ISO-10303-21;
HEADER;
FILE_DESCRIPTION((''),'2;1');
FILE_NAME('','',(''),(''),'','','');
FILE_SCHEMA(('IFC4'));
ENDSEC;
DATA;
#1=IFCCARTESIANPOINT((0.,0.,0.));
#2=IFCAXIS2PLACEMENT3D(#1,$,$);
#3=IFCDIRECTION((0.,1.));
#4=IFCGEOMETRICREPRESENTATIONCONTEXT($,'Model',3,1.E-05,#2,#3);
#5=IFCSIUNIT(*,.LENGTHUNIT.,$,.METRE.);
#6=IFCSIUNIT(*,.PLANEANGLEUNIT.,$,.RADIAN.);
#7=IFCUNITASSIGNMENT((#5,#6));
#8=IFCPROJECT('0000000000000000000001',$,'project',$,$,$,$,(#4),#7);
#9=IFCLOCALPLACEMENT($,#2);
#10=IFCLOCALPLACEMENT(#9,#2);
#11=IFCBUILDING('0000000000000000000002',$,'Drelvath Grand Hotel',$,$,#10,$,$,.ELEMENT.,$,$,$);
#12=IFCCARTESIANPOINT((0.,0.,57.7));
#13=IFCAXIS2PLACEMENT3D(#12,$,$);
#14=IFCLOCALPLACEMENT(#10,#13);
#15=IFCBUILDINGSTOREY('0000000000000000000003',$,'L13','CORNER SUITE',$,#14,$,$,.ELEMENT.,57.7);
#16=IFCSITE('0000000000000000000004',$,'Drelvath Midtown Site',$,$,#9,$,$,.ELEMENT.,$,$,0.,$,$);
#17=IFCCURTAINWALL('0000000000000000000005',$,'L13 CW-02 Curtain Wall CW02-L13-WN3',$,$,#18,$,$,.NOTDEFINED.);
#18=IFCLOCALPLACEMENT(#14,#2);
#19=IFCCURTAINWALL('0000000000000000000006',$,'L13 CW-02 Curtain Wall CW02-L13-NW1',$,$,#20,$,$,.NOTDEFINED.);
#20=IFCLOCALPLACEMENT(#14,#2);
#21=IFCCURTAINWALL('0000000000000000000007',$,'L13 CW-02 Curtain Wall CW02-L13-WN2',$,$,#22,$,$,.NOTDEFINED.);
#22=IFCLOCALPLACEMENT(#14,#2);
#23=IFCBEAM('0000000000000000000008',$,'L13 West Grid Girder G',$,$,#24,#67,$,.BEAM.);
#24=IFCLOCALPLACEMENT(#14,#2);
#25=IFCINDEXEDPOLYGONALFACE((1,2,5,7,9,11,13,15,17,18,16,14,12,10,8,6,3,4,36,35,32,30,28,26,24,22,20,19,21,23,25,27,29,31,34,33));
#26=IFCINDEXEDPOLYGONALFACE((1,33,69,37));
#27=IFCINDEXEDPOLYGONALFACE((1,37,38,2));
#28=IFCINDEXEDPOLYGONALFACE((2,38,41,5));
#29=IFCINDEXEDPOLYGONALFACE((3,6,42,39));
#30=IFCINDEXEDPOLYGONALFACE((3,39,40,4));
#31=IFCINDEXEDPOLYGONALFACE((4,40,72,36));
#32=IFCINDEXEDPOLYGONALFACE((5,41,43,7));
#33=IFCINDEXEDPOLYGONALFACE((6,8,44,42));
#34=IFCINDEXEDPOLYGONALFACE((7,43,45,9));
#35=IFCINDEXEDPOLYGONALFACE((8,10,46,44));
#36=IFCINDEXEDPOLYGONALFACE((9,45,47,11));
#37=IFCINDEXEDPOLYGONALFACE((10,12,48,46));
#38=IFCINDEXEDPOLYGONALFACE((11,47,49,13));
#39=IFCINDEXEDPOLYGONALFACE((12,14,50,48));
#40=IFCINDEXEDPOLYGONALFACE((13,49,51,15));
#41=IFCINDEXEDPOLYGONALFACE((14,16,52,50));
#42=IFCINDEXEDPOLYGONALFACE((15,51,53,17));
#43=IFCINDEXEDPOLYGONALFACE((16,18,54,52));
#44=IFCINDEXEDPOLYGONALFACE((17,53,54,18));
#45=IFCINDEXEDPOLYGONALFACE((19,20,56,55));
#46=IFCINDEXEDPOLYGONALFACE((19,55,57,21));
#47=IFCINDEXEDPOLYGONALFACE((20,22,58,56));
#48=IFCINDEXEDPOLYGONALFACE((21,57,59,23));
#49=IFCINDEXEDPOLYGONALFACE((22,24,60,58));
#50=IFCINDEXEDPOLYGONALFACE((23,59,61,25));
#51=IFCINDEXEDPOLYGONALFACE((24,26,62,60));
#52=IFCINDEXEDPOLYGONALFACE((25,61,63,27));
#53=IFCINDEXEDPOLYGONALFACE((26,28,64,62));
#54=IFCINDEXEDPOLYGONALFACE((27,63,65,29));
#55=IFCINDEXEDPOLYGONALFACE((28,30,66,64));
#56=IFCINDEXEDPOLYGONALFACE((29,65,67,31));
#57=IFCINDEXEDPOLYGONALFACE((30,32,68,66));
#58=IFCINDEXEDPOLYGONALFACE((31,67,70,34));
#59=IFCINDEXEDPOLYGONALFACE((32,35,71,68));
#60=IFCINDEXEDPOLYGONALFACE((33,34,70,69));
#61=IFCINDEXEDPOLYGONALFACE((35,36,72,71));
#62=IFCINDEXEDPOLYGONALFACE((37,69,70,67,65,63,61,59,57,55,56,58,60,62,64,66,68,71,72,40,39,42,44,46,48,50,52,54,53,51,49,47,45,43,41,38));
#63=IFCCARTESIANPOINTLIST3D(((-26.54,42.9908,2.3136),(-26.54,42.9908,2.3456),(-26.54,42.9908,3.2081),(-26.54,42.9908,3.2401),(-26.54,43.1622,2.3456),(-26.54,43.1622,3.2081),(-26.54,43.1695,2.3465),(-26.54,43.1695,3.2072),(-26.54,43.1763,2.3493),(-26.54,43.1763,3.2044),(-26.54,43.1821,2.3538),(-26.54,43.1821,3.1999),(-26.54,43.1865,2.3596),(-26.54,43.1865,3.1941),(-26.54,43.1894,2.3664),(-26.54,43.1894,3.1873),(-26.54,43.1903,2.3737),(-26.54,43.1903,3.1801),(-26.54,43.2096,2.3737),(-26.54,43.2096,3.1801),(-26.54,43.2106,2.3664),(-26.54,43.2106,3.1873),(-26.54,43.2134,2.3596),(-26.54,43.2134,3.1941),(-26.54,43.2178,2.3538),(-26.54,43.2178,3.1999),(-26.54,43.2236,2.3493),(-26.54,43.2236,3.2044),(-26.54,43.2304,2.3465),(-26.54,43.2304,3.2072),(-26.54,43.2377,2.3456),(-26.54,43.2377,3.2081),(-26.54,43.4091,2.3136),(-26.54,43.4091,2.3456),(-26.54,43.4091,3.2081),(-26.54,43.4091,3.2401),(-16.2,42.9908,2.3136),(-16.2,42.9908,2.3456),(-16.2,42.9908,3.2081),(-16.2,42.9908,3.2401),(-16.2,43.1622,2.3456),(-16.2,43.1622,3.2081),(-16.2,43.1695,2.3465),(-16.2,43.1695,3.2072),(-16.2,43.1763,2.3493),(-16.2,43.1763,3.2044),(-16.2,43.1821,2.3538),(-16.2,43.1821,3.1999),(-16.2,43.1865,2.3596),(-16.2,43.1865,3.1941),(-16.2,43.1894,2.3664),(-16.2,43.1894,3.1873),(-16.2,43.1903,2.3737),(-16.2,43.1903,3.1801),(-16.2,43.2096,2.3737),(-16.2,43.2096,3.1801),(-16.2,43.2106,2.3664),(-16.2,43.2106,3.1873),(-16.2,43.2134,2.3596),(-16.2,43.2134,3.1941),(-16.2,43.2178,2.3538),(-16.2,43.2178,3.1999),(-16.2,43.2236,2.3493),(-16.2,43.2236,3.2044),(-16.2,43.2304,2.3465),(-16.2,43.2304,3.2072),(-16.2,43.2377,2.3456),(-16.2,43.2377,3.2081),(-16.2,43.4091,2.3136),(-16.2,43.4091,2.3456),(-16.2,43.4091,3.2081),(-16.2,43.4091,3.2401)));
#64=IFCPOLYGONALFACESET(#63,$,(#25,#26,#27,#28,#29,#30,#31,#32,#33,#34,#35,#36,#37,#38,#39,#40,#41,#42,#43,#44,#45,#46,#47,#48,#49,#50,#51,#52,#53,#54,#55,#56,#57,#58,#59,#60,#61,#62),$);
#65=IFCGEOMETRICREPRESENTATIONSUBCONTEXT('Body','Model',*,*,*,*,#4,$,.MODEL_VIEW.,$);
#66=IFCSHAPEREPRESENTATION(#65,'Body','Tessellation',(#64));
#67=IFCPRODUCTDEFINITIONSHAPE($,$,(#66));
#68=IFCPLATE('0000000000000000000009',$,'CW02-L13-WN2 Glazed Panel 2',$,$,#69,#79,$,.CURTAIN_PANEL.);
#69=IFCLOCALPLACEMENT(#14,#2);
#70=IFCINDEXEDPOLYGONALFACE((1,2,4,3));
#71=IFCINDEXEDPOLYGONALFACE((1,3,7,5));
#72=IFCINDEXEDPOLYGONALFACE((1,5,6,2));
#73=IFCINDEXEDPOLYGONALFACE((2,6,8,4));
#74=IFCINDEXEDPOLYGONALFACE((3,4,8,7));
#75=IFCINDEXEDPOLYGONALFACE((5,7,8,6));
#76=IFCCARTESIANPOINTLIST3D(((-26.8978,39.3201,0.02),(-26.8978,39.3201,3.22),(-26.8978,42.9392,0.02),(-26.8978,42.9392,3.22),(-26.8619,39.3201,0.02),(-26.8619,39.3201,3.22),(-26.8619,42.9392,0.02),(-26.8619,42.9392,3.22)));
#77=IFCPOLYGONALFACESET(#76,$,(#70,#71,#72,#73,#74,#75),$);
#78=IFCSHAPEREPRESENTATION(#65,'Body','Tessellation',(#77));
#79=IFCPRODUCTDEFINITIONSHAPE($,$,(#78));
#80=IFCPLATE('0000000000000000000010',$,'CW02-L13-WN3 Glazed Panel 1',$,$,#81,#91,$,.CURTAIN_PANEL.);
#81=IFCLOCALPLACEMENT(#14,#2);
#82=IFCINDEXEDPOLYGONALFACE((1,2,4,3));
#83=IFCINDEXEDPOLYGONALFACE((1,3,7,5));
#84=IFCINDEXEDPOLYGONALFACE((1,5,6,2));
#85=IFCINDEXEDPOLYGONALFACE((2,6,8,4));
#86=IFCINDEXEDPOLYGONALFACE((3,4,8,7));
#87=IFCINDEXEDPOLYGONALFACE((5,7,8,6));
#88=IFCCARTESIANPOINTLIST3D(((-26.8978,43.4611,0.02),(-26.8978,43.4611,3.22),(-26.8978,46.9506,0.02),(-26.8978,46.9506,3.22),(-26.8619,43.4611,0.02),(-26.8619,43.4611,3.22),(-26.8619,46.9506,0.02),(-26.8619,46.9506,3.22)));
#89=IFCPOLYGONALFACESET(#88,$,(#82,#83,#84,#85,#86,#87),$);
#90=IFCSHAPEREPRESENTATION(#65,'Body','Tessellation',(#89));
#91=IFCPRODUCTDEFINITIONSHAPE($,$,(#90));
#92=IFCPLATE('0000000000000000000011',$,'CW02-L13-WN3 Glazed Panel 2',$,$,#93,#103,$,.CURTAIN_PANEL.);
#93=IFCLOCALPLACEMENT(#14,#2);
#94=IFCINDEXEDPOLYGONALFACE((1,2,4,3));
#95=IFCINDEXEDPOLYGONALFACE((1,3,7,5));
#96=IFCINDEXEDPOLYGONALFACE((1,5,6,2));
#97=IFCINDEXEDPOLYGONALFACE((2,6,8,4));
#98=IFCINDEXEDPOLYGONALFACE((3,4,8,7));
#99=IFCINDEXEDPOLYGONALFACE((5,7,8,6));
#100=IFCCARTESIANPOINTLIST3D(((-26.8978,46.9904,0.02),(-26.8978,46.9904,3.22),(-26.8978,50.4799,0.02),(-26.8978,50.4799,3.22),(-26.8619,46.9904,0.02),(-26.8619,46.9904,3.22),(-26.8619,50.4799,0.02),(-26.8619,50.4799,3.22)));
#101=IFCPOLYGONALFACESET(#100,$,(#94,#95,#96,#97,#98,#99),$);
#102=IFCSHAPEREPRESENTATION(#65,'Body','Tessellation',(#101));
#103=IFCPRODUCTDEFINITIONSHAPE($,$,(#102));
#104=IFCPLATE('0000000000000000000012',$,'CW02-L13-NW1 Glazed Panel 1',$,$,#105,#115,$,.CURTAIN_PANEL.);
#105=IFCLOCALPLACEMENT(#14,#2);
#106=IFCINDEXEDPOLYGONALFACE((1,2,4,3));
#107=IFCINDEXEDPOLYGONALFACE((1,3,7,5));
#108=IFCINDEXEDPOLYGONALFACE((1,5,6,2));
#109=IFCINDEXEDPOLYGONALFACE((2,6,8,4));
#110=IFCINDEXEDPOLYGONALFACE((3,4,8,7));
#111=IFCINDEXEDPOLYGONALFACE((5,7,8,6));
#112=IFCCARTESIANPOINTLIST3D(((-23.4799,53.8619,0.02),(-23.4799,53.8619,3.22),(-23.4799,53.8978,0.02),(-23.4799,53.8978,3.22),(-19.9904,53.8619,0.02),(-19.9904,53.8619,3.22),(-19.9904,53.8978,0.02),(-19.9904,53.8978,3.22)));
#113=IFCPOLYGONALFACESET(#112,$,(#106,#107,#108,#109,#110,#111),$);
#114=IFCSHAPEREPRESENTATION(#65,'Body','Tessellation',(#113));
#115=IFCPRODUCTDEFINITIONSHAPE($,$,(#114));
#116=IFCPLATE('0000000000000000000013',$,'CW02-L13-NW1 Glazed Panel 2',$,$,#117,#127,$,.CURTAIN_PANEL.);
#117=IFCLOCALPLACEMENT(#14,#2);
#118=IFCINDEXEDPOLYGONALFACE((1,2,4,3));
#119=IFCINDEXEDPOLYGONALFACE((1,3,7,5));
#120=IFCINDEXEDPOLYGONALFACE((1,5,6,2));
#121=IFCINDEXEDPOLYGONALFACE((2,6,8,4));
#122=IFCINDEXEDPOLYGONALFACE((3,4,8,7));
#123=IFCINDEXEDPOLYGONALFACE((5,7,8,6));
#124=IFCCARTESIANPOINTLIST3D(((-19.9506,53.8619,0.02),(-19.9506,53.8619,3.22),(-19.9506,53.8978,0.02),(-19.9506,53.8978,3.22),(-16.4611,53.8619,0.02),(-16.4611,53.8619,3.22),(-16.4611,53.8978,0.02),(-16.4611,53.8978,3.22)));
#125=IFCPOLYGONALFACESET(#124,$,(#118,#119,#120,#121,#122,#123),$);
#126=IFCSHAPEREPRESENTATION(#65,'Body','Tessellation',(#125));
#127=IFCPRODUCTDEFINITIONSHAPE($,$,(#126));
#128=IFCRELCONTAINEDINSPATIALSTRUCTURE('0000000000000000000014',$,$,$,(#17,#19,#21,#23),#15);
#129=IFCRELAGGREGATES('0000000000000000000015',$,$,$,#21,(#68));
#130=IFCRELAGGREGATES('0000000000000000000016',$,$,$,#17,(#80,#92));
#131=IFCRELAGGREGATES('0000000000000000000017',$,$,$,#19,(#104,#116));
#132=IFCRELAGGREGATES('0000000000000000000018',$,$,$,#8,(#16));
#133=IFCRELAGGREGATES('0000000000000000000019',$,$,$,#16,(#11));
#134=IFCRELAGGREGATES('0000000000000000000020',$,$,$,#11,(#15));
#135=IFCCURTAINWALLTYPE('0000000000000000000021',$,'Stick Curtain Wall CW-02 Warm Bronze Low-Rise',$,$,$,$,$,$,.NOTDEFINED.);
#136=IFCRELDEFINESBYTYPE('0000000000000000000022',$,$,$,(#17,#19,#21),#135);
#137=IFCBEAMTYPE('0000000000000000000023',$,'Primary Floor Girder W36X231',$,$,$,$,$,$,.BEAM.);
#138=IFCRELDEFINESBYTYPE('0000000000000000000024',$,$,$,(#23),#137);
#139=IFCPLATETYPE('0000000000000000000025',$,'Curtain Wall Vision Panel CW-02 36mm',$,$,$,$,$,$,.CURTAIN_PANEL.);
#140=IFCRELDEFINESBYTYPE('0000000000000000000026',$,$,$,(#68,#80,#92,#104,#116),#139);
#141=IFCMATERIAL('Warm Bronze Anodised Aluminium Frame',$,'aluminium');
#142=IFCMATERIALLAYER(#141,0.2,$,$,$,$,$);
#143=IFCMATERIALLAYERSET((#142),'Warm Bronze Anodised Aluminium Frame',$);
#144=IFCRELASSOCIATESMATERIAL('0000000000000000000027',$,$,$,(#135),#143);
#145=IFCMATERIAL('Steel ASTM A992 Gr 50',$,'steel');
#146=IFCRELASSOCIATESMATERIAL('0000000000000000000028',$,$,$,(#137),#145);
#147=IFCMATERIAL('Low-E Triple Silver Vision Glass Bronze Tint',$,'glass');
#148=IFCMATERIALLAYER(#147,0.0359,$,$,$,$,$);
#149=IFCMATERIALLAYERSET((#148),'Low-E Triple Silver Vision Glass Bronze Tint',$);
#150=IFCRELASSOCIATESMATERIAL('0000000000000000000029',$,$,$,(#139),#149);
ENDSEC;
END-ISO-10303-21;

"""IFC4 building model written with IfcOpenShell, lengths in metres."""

from ifc_helpers import new_model, si_unit, direction, frame, origin, origin_2d, place, context, subcontext, project, spatial, rectangle, i_section, extrude, material, layer, layer_set, material_profile, profile_set, type_object, element, aggregate, save


model = new_model("IFC4")

# Units and contexts
model_context = context("Model", 3, precision=1e-05, world=origin(), true_north=direction((0.0, 1.0)))
body_context = subcontext(model_context, "Body", "Model", "MODEL_VIEW")
ifc_project = project(units=[si_unit("LENGTHUNIT", "METRE"), si_unit("PLANEANGLEUNIT", "RADIAN")], contexts=[model_context])

# Site, building, storey
site_placement = place(None, origin())
site = spatial("IfcSite", under=ifc_project, at=site_placement, Name="Drelvath Midtown Site", CompositionType="ELEMENT", RefElevation=0.0)
building_placement = place(site_placement, origin())
building = spatial("IfcBuilding", under=site, at=building_placement, Name="Drelvath Grand Hotel", CompositionType="ELEMENT")
storey_placement = place(building_placement, frame((0.0, 0.0, 57.7)))
storey = spatial("IfcBuildingStorey", under=building, at=storey_placement, Name="L13", Description="CORNER SUITE", CompositionType="ELEMENT", Elevation=57.7)

# Shared definitions
ifc_material_1 = material(Name="Steel ASTM A992 Gr 50", Category="steel")

# Curtain walls
ifc_material_2 = material(Name="Warm Bronze Anodised Aluminium Frame", Category="aluminium")
ifc_layer_1 = layer(ifc_material_2, 0.2)
ifc_layer_set_1 = layer_set([ifc_layer_1], Name="Warm Bronze Anodised Aluminium Frame")
curtain_wall_type = type_object("IfcCurtainWallType", Name="Stick Curtain Wall CW-02 Warm Bronze Low-Rise", PredefinedType="NOTDEFINED", material=ifc_layer_set_1)
curtain_wall_1_placement = place(storey_placement, origin())
curtain_wall_1 = element("IfcCurtainWall", 1, at=curtain_wall_1_placement, inside=storey, type_object=curtain_wall_type, Name="L13 CW-02 Curtain Wall CW02-L13-WN3", PredefinedType="NOTDEFINED")
curtain_wall_2_placement = place(storey_placement, origin())
curtain_wall_2 = element("IfcCurtainWall", 2, at=curtain_wall_2_placement, inside=storey, type_object=curtain_wall_type, Name="L13 CW-02 Curtain Wall CW02-L13-NW1", PredefinedType="NOTDEFINED")

# Curtain wall
curtain_wall_3_placement = place(storey_placement, origin())
curtain_wall_3 = element("IfcCurtainWall", 3, at=curtain_wall_3_placement, inside=storey, type_object=curtain_wall_type, Name="L13 CW-02 Curtain Wall CW02-L13-WN2", PredefinedType="NOTDEFINED")

# Beam
ifc_material_profile_1 = material_profile(ifc_material_1, i_section(OverallWidth=0.4182, OverallDepth=0.9265, WebThickness=0.0193, FlangeThickness=0.032, FilletRadius=0.0281, at=origin_2d()), Name="W36X231")
ifc_profile_set_1 = profile_set([ifc_material_profile_1], Name="Steel ASTM A992 Gr 50")
beam_type_1 = type_object("IfcBeamType", Name="Primary Floor Girder W36X231", PredefinedType="BEAM", material=ifc_profile_set_1)
beam_1_placement = place(storey_placement, frame((-26.54, 43.2, 2.7769), z_axis=(1.0, 0.0, 0.0), x_axis=(0.0, 1.0, 0.0)))
element("IfcBeam", 4, at=beam_1_placement, inside=storey, type_object=beam_type_1, Name="L13 West Grid Girder G", PredefinedType="BEAM", context=body_context, shape_type="SweptSolid", body=[
    extrude(i_section(OverallWidth=0.4182, OverallDepth=0.9265, WebThickness=0.0193, FlangeThickness=0.032, FilletRadius=0.0281, at=origin_2d()), origin(), (0.0, 0.0, 1.0), 10.3401),
])

# Plates
ifc_material_3 = material(Name="Low-E Triple Silver Vision Glass Bronze Tint", Category="glass")
ifc_layer_2 = layer(ifc_material_3, 0.0359)
ifc_layer_set_2 = layer_set([ifc_layer_2], Name="Low-E Triple Silver Vision Glass Bronze Tint")
plate_type = type_object("IfcPlateType", Name="Curtain Wall Vision Panel CW-02 36mm", PredefinedType="CURTAIN_PANEL", material=ifc_layer_set_2)
plate_1_placement = place(storey_placement, frame((-26.8799, 41.1296, 0.02), z_axis=(0.0, 0.0, 1.0), x_axis=(0.0, 1.0, 0.0)))
plate_1 = element("IfcPlate", 5, at=plate_1_placement, type_object=plate_type, Name="CW02-L13-WN2 Glazed Panel 2", PredefinedType="CURTAIN_PANEL", context=body_context, shape_type="SweptSolid", body=[
    extrude(rectangle(XDim=3.6191, YDim=0.0359, at=origin_2d()), origin(), (0.0, 0.0, 1.0), 3.2),
])
aggregate(curtain_wall_3, [plate_1])
plate_2_placement = place(storey_placement, frame((-26.8799, 45.2058, 0.02), z_axis=(0.0, 0.0, 1.0), x_axis=(0.0, 1.0, 0.0)))
plate_2 = element("IfcPlate", 6, at=plate_2_placement, type_object=plate_type, Name="CW02-L13-WN3 Glazed Panel 1", PredefinedType="CURTAIN_PANEL", context=body_context, shape_type="SweptSolid", body=[
    extrude(rectangle(XDim=3.4895, YDim=0.0359, at=origin_2d()), origin(), (0.0, 0.0, 1.0), 3.2),
])
plate_3_placement = place(storey_placement, frame((-26.8799, 48.7351, 0.02), z_axis=(0.0, 0.0, 1.0), x_axis=(0.0, 1.0, 0.0)))
plate_3 = element("IfcPlate", 7, at=plate_3_placement, type_object=plate_type, Name="CW02-L13-WN3 Glazed Panel 2", PredefinedType="CURTAIN_PANEL", context=body_context, shape_type="SweptSolid", body=[
    extrude(rectangle(XDim=3.4895, YDim=0.0359, at=origin_2d()), origin(), (0.0, 0.0, 1.0), 3.2),
])
aggregate(curtain_wall_1, [plate_2, plate_3])
plate_4_placement = place(storey_placement, frame((-21.7351, 53.8799, 0.02), z_axis=(0.0, 0.0, 1.0), x_axis=(1.0, 0.0, 0.0)))
plate_4 = element("IfcPlate", 8, at=plate_4_placement, type_object=plate_type, Name="CW02-L13-NW1 Glazed Panel 1", PredefinedType="CURTAIN_PANEL", context=body_context, shape_type="SweptSolid", body=[
    extrude(rectangle(XDim=3.4895, YDim=0.0359, at=origin_2d()), origin(), (0.0, 0.0, 1.0), 3.2),
])
plate_5_placement = place(storey_placement, frame((-18.2058, 53.8799, 0.02), z_axis=(0.0, 0.0, 1.0), x_axis=(1.0, 0.0, 0.0)))
plate_5 = element("IfcPlate", 9, at=plate_5_placement, type_object=plate_type, Name="CW02-L13-NW1 Glazed Panel 2", PredefinedType="CURTAIN_PANEL", context=body_context, shape_type="SweptSolid", body=[
    extrude(rectangle(XDim=3.4895, YDim=0.0359, at=origin_2d()), origin(), (0.0, 0.0, 1.0), 3.2),
])
aggregate(curtain_wall_2, [plate_4, plate_5])

save(model, "model.ifc")
